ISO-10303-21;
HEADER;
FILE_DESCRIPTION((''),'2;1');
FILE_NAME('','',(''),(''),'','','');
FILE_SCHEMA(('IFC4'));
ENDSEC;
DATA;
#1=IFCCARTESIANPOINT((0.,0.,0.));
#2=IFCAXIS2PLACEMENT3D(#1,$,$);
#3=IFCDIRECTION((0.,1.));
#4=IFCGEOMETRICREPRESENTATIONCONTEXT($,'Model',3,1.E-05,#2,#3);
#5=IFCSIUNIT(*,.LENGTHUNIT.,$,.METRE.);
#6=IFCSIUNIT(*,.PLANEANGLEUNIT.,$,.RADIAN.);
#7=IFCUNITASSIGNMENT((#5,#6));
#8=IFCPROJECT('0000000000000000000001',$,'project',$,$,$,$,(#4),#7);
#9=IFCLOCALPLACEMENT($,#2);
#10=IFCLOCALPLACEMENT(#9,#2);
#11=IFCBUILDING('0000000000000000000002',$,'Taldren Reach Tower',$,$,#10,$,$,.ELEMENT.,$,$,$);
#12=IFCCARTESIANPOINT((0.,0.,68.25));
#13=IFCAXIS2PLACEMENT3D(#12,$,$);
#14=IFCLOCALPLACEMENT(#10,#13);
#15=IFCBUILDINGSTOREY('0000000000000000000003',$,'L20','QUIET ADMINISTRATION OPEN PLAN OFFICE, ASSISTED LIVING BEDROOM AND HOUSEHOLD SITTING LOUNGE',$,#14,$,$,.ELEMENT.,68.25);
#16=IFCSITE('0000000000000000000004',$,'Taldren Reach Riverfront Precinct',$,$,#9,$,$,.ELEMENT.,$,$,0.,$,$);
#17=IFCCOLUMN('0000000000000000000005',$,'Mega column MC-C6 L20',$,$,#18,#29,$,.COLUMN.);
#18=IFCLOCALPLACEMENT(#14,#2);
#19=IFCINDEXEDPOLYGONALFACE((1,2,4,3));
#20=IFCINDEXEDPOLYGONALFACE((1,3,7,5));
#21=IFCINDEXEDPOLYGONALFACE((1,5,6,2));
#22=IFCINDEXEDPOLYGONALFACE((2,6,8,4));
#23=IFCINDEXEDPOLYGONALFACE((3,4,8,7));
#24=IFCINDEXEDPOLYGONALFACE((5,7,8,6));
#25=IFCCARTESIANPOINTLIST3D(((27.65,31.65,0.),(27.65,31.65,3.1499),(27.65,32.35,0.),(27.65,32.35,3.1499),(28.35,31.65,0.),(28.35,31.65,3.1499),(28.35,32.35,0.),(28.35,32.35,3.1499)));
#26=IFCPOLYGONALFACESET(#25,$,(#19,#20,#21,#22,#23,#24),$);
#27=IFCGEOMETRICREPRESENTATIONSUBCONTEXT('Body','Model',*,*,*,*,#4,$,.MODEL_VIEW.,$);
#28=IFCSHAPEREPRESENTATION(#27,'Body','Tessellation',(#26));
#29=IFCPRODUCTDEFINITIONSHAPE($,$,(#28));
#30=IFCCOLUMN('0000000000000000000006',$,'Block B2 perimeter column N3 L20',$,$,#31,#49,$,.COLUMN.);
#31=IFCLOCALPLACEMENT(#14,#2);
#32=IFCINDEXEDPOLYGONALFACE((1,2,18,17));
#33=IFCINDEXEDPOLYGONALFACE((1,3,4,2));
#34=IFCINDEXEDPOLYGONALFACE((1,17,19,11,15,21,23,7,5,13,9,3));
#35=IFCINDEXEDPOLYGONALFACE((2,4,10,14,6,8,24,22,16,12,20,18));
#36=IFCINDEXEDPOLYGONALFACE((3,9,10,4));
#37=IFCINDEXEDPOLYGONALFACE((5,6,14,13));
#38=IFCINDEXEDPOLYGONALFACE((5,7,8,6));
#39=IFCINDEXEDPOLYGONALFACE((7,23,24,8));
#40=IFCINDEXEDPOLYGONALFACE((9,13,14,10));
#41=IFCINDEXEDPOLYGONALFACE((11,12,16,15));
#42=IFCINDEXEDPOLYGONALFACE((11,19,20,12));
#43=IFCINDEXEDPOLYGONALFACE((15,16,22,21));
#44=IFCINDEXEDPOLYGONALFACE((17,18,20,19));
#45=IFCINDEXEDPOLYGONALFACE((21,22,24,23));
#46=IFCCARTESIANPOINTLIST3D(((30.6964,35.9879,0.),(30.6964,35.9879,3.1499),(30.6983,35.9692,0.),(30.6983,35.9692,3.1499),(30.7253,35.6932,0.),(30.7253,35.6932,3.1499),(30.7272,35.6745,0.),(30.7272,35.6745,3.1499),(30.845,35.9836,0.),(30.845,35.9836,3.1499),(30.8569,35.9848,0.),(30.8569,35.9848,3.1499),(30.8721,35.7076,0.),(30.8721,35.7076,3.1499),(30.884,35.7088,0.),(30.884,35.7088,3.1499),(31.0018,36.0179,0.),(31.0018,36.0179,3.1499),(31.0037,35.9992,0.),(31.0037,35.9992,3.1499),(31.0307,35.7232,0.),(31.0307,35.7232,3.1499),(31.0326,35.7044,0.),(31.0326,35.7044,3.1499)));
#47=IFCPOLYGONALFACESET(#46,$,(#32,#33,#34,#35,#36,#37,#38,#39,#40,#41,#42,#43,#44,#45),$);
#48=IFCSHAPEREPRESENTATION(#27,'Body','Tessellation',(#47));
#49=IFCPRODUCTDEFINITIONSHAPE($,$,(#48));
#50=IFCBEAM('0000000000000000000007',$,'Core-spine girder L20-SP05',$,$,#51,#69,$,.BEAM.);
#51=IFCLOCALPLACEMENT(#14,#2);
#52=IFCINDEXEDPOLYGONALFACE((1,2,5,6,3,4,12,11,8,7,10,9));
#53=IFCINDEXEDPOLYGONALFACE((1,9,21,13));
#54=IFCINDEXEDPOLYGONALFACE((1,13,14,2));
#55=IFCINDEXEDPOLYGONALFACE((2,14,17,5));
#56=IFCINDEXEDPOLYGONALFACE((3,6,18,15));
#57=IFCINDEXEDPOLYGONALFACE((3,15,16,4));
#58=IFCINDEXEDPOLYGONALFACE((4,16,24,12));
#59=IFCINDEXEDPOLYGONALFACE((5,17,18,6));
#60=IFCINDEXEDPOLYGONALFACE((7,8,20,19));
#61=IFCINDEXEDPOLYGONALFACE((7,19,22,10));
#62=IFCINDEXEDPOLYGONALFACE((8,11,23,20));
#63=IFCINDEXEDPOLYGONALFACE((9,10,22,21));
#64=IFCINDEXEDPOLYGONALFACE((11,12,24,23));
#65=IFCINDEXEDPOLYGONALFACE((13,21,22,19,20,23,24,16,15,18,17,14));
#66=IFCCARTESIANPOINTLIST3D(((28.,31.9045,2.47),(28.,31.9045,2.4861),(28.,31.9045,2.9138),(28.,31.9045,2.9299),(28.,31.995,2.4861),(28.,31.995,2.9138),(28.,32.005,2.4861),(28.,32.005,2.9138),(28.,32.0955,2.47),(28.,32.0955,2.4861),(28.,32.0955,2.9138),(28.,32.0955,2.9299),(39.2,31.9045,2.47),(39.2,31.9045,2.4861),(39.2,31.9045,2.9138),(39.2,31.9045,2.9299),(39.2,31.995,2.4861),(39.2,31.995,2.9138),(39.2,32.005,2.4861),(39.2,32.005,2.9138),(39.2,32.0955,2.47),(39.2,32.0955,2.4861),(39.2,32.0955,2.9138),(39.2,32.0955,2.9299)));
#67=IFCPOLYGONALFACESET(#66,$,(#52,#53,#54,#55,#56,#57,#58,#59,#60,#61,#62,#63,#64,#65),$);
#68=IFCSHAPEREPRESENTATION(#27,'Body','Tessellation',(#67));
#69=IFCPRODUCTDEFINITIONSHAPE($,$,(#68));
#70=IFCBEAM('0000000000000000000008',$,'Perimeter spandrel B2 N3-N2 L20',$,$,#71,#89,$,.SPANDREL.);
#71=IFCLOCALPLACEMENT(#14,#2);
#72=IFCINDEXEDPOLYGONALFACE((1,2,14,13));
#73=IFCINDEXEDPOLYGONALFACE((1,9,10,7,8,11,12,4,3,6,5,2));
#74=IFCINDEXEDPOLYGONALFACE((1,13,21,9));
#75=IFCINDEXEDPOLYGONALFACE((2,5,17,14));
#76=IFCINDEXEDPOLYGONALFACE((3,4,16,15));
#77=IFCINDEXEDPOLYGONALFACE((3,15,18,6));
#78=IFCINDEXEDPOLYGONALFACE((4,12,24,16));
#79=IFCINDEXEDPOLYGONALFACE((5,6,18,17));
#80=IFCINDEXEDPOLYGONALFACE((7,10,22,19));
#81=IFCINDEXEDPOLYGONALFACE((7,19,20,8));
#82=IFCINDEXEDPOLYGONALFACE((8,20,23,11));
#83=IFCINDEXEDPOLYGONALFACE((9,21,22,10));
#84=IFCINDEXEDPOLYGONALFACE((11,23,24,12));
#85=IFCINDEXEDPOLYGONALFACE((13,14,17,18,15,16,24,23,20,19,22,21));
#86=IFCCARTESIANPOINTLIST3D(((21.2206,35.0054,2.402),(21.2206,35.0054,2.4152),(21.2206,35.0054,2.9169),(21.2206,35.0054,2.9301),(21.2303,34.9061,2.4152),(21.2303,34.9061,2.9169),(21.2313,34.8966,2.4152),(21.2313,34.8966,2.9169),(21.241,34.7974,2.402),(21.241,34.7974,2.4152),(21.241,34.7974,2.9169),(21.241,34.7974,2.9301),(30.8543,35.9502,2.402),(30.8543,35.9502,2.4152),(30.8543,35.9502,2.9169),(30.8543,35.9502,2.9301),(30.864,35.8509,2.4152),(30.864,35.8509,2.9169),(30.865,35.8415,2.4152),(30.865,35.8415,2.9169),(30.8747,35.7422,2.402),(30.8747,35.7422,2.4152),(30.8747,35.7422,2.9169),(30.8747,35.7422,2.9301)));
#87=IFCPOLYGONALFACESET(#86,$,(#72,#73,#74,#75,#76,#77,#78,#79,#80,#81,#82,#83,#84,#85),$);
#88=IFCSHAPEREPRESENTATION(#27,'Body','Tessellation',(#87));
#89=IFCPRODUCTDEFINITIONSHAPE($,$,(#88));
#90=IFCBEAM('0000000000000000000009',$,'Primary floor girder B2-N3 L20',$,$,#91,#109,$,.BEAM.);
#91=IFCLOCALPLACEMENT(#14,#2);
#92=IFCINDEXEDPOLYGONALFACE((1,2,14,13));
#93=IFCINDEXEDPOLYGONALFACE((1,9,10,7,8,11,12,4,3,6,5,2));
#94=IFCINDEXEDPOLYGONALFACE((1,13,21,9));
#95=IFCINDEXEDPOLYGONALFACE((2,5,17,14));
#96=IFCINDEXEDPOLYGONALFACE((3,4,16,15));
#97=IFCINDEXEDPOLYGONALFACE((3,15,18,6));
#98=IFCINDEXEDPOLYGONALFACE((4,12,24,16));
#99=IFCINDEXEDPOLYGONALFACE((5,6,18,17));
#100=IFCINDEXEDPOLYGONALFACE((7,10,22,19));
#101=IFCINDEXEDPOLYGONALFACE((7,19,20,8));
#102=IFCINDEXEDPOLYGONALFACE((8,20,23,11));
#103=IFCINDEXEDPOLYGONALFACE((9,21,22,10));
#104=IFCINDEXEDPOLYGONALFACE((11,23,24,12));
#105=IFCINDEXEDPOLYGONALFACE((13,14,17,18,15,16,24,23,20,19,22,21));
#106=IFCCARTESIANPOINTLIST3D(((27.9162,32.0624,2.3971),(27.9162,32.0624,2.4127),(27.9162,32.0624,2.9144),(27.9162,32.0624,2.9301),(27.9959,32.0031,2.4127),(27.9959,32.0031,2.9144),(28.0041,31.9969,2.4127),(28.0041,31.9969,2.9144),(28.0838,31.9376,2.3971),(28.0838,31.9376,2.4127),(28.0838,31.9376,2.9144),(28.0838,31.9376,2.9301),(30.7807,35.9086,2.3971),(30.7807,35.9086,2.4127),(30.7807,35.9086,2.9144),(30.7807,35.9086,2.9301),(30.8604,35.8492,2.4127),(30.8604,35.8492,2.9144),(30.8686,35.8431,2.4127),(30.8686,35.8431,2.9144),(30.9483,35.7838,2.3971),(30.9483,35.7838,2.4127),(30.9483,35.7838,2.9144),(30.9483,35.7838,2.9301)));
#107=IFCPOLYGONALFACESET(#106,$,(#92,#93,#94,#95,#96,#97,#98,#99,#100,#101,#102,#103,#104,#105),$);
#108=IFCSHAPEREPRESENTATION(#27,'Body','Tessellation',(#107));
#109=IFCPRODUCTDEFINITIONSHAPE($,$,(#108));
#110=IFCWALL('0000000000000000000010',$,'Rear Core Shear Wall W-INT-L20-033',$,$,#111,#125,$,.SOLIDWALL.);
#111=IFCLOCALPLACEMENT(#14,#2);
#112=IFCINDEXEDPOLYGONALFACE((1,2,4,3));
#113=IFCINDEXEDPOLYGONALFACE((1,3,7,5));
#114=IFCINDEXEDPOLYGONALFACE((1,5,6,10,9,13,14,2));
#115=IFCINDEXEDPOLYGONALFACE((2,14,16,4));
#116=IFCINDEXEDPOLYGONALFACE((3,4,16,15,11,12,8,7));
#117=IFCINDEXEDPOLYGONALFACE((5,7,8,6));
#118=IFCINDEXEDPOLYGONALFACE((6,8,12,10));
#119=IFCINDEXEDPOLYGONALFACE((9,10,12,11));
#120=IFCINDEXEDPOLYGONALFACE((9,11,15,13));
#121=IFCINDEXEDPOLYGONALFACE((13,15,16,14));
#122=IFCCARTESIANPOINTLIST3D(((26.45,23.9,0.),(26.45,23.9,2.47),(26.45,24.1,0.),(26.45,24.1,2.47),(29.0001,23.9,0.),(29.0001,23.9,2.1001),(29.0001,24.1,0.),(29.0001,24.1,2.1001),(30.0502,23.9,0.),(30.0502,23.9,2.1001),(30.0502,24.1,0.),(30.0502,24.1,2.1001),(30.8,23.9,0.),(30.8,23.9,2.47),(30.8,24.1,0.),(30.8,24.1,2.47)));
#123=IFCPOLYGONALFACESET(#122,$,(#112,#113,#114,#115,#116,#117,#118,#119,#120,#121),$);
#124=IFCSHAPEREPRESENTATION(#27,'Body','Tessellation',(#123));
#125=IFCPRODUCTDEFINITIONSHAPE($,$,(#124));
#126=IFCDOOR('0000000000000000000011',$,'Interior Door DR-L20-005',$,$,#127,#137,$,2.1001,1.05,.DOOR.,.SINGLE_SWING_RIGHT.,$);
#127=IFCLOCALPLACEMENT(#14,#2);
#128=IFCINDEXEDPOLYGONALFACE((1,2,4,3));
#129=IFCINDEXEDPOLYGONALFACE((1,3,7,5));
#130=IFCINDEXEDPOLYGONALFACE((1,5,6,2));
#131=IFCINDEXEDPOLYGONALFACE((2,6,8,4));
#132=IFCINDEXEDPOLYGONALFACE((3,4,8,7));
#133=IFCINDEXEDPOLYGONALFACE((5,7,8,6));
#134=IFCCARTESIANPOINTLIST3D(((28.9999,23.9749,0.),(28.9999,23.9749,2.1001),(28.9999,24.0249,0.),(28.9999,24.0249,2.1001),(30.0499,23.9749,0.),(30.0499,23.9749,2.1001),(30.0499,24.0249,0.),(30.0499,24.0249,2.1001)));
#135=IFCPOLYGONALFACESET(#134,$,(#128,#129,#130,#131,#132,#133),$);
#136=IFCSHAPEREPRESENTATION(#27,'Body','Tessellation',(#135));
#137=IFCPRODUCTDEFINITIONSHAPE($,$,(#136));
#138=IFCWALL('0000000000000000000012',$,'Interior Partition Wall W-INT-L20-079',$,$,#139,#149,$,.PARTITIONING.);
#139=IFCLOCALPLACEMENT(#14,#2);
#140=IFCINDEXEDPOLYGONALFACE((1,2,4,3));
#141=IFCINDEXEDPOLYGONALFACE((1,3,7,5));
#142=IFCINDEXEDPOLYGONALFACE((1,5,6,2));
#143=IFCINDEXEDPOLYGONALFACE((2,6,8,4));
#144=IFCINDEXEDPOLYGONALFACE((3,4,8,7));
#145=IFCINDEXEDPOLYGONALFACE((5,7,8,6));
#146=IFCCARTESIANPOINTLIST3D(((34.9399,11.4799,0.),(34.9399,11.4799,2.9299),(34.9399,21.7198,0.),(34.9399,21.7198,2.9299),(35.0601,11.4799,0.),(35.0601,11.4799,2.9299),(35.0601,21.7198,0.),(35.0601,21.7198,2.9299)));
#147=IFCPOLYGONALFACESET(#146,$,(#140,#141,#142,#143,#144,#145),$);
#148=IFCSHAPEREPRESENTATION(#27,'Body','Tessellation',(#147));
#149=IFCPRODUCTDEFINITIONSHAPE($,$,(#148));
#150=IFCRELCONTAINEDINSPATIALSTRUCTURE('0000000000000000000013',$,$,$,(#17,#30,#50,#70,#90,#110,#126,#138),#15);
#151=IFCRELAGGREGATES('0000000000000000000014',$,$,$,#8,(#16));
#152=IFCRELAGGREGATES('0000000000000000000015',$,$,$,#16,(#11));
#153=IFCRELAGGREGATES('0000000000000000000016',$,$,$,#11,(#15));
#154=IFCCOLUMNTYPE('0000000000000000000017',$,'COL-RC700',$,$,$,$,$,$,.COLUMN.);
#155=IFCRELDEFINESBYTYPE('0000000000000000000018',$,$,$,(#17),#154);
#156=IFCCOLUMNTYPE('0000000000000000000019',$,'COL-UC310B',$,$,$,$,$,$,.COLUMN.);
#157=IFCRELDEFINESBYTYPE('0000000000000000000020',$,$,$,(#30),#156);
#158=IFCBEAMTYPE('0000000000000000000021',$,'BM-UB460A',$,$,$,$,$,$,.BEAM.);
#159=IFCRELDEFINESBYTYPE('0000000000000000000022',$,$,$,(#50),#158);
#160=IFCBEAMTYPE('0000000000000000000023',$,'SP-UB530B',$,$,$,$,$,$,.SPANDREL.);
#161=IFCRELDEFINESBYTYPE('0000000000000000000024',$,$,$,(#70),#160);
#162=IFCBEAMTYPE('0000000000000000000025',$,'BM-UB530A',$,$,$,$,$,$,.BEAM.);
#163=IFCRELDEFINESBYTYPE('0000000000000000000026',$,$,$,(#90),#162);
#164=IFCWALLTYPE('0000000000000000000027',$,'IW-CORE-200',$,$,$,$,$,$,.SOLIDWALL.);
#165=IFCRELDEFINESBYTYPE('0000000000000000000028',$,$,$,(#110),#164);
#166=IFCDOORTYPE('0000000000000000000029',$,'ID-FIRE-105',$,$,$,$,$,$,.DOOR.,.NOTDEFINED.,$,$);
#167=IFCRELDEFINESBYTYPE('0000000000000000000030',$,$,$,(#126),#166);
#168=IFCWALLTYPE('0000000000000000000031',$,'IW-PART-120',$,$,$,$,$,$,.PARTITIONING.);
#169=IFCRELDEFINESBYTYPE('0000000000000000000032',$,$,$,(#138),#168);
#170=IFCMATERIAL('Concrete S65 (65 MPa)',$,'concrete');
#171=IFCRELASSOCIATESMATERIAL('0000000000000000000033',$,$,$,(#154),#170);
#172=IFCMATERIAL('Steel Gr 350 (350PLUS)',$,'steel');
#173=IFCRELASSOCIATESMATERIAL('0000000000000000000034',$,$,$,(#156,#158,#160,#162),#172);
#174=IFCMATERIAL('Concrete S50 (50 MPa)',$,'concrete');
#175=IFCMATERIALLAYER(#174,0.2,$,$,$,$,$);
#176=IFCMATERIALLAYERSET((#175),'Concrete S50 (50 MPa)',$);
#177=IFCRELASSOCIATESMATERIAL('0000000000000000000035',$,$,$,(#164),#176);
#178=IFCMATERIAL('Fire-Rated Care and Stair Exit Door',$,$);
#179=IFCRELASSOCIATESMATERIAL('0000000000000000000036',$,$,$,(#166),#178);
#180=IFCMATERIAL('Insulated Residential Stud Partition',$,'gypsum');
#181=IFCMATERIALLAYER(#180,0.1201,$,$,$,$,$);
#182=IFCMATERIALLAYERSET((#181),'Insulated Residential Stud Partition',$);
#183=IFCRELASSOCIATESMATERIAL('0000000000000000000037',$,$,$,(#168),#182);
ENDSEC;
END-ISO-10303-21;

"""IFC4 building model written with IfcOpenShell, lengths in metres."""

from ifc_helpers import new_model, si_unit, direction, frame, frame_2d, origin, origin_2d, place, context, subcontext, project, spatial, rectangle, i_section, extrude, source, transform, mapped, material, layer, layer_set, material_profile, profile_set, type_object, element, fill, save


model = new_model("IFC4")

# Units and contexts
model_context = context("Model", 3, precision=1e-05, world=origin(), true_north=direction((0.0, 1.0)))
body_context = subcontext(model_context, "Body", "Model", "MODEL_VIEW")
ifc_project = project(units=[si_unit("LENGTHUNIT", "METRE"), si_unit("PLANEANGLEUNIT", "RADIAN")], contexts=[model_context])

# Site, building, storey
site_placement = place(None, origin())
site = spatial("IfcSite", under=ifc_project, at=site_placement, Name="Taldren Reach Riverfront Precinct", CompositionType="ELEMENT", RefElevation=0.0)
building_placement = place(site_placement, origin())
building = spatial("IfcBuilding", under=site, at=building_placement, Name="Taldren Reach Tower", CompositionType="ELEMENT")
storey_placement = place(building_placement, frame((0.0, 0.0, 68.25)))
storey = spatial("IfcBuildingStorey", under=building, at=storey_placement, Name="L20", Description="QUIET ADMINISTRATION OPEN PLAN OFFICE, ASSISTED LIVING BEDROOM AND HOUSEHOLD SITTING LOUNGE", CompositionType="ELEMENT", Elevation=68.25)

# Columns
ifc_material_1 = material(Name="Concrete S65 (65 MPa)", Category="concrete")
ifc_material_profile_1 = material_profile(ifc_material_1, rectangle(XDim=0.7, YDim=0.7, at=origin_2d()), Name="RC-700x700")
ifc_profile_set_1 = profile_set([ifc_material_profile_1], Name="Concrete S65 (65 MPa)")
column_type_1 = type_object("IfcColumnType", Name="COL-RC700", PredefinedType="COLUMN", material=ifc_profile_set_1)
shared_shape_1 = source(origin(), body_context, "Body", "SweptSolid", [
    extrude(rectangle(XDim=0.7, YDim=0.7, at=origin_2d()), origin(), (0.0, 0.0, 1.0), 3.1499),
])
column_1_placement = place(storey_placement, frame((28.0, 32.0, 0.0), z_axis=(0.0, 0.0, 1.0), x_axis=(1.0, 0.0, 0.0)))
element("IfcColumn", 1, at=column_1_placement, inside=storey, type_object=column_type_1, Name="Mega column MC-C6 L20", PredefinedType="COLUMN", context=body_context, shape_type="MappedRepresentation", body=[
    mapped(shared_shape_1, transform((0.0, 0.0, 0.0), scale=1.0)),
])
ifc_material_2 = material(Name="Steel Gr 350 (350PLUS)", Category="steel")
ifc_material_profile_2 = material_profile(ifc_material_2, i_section(OverallWidth=0.3069, OverallDepth=0.3149, WebThickness=0.012, FlangeThickness=0.0188, at=origin_2d()), Name="310UC118")
ifc_profile_set_2 = profile_set([ifc_material_profile_2], Name="Steel Gr 350 (350PLUS)")
column_type_2 = type_object("IfcColumnType", Name="COL-UC310B", PredefinedType="COLUMN", material=ifc_profile_set_2)
shared_shape_2 = source(origin(), body_context, "Body", "SweptSolid", [
    extrude(i_section(OverallWidth=0.3069, OverallDepth=0.3149, WebThickness=0.012, FlangeThickness=0.0188, at=origin_2d()), origin(), (0.0, 0.0, 1.0), 3.1499),
])
column_2_placement = place(storey_placement, frame((30.8645, 35.8462, 0.0), z_axis=(0.0, 0.0, 1.0), x_axis=(0.995227, 0.097583, 0.0)))
element("IfcColumn", 2, at=column_2_placement, inside=storey, type_object=column_type_2, Name="Block B2 perimeter column N3 L20", PredefinedType="COLUMN", context=body_context, shape_type="MappedRepresentation", body=[
    mapped(shared_shape_2, transform((0.0, 0.0, 0.0), scale=1.0)),
])

# Beams
ifc_material_profile_3 = material_profile(ifc_material_2, i_section(OverallWidth=0.1909, OverallDepth=0.46, WebThickness=0.01, FlangeThickness=0.0161, at=origin_2d()), Name="460UB82.1")
ifc_profile_set_3 = profile_set([ifc_material_profile_3], Name="Steel Gr 350 (350PLUS)")
beam_type_1 = type_object("IfcBeamType", Name="BM-UB460A", PredefinedType="BEAM", material=ifc_profile_set_3)
shared_shape_3 = source(origin(), body_context, "Body", "SweptSolid", [
    extrude(i_section(OverallWidth=0.1909, OverallDepth=0.46, WebThickness=0.01, FlangeThickness=0.0161, at=origin_2d()), origin(), (0.0, 0.0, 1.0), 11.2),
])
beam_1_placement = place(storey_placement, frame((28.0, 32.0, 2.7), z_axis=(1.0, 0.0, 0.0), x_axis=(0.0, 1.0, 0.0)))
element("IfcBeam", 3, at=beam_1_placement, inside=storey, type_object=beam_type_1, Name="Core-spine girder L20-SP05", PredefinedType="BEAM", context=body_context, shape_type="MappedRepresentation", body=[
    mapped(shared_shape_3, transform((0.0, 0.0, 0.0), scale=1.0)),
])
ifc_material_profile_4 = material_profile(ifc_material_2, i_section(OverallWidth=0.209, OverallDepth=0.5281, WebThickness=0.0095, FlangeThickness=0.0132, at=origin_2d()), Name="530UB82.0")
ifc_profile_set_4 = profile_set([ifc_material_profile_4], Name="Steel Gr 350 (350PLUS)")
beam_type_2 = type_object("IfcBeamType", Name="SP-UB530B", PredefinedType="SPANDREL", material=ifc_profile_set_4)
shared_shape_4 = source(origin(), body_context, "Body", "SweptSolid", [
    extrude(i_section(OverallWidth=0.209, OverallDepth=0.5281, WebThickness=0.0095, FlangeThickness=0.0132, at=origin_2d()), origin(), (0.0, 0.0, 1.0), 9.6799),
])
beam_2_placement = place(storey_placement, frame((30.8645, 35.8462, 2.666), z_axis=(-0.995225, -0.097606, 0.0), x_axis=(0.097606, -0.995225, 0.0)))
element("IfcBeam", 4, at=beam_2_placement, inside=storey, type_object=beam_type_2, Name="Perimeter spandrel B2 N3-N2 L20", PredefinedType="SPANDREL", context=body_context, shape_type="MappedRepresentation", body=[
    mapped(shared_shape_4, transform((0.0, 0.0, 0.0), scale=1.0)),
])
ifc_material_profile_5 = material_profile(ifc_material_2, i_section(OverallWidth=0.209, OverallDepth=0.533, WebThickness=0.0103, FlangeThickness=0.0156, at=origin_2d()), Name="530UB92.4")
ifc_profile_set_5 = profile_set([ifc_material_profile_5], Name="Steel Gr 350 (350PLUS)")
beam_type_3 = type_object("IfcBeamType", Name="BM-UB530A", PredefinedType="BEAM", material=ifc_profile_set_5)
shared_shape_5 = source(origin(), body_context, "Body", "SweptSolid", [
    extrude(i_section(OverallWidth=0.209, OverallDepth=0.533, WebThickness=0.0103, FlangeThickness=0.0156, at=origin_2d()), origin(), (0.0, 0.0, 1.0), 4.7957),
])
beam_3_placement = place(storey_placement, frame((28.0, 32.0, 2.6636), z_axis=(0.597309, 0.802011, 0.0), x_axis=(-0.802011, 0.597309, 0.0)))
element("IfcBeam", 5, at=beam_3_placement, inside=storey, type_object=beam_type_3, Name="Primary floor girder B2-N3 L20", PredefinedType="BEAM", context=body_context, shape_type="MappedRepresentation", body=[
    mapped(shared_shape_5, transform((0.0, 0.0, 0.0), scale=1.0)),
])

# Wall, opening, door
ifc_material_3 = material(Name="Concrete S50 (50 MPa)", Category="concrete")
ifc_layer_1 = layer(ifc_material_3, 0.2)
ifc_layer_set_1 = layer_set([ifc_layer_1], Name="Concrete S50 (50 MPa)")
wall_type_1 = type_object("IfcWallType", Name="IW-CORE-200", PredefinedType="SOLIDWALL", material=ifc_layer_set_1)
shared_shape_6 = source(origin(), body_context, "Body", "SweptSolid", [
    extrude(rectangle(XDim=4.3501, YDim=0.2, at=frame_2d((2.175, 0.0))), origin(), (0.0, 0.0, 1.0), 2.47),
])
wall_1_placement = place(storey_placement, frame((30.8, 24.0, 0.0), z_axis=(0.0, 0.0, 1.0), x_axis=(-1.0, 0.0, 0.0)))
wall_1 = element("IfcWall", 6, at=wall_1_placement, inside=storey, type_object=wall_type_1, Name="Rear Core Shear Wall W-INT-L20-033", PredefinedType="SOLIDWALL", context=body_context, shape_type="MappedRepresentation", body=[
    mapped(shared_shape_6, transform((0.0, 0.0, 0.0), scale=1.0)),
])
shared_shape_7 = source(origin(), body_context, "Body", "SweptSolid", [
    extrude(rectangle(XDim=1.05, YDim=2.1001, at=frame_2d((0.5249, 1.05))), frame((0.0, 0.1099, 0.0), z_axis=(0.0, -1.0, 0.0), x_axis=(1.0, 0.0, 0.0)), (0.0, 0.0, 1.0), 0.22),
])
opening_1_placement = place(wall_1_placement, frame((0.75, 0.0, 0.0)))
opening_1 = element("IfcOpeningElement", 7, at=opening_1_placement, cuts=wall_1, PredefinedType="OPENING", context=body_context, shape_type="MappedRepresentation", body=[
    mapped(shared_shape_7, transform((0.0, 0.0, 0.0), scale=1.0)),
])
ifc_material_4 = material(Name="Fire-Rated Care and Stair Exit Door")
door_type_1 = type_object("IfcDoorType", Name="ID-FIRE-105", OperationType="NOTDEFINED", PredefinedType="DOOR", material=ifc_material_4)
shared_shape_8 = source(origin(), body_context, "Body", "SweptSolid", [
    extrude(rectangle(XDim=1.05, YDim=2.1001, at=frame_2d((0.5249, 1.05))), frame((0.0, 0.0249, 0.0), z_axis=(0.0, -1.0, 0.0), x_axis=(1.0, 0.0, 0.0)), (0.0, 0.0, 1.0), 0.05),
])
door_1_placement = place(opening_1_placement, frame((1.05, 0.0, 0.0), z_axis=(0.0, 0.0, 1.0), x_axis=(-1.0, 0.0, 0.0)))
door_1 = element("IfcDoor", 8, at=door_1_placement, inside=storey, type_object=door_type_1, Name="Interior Door DR-L20-005", OperationType="SINGLE_SWING_RIGHT", OverallHeight=2.1001, OverallWidth=1.05, PredefinedType="DOOR", context=body_context, shape_type="MappedRepresentation", body=[
    mapped(shared_shape_8, transform((0.0, 0.0, 0.0), scale=1.0)),
])
fill(opening_1, door_1)

# Wall
ifc_material_5 = material(Name="Insulated Residential Stud Partition", Category="gypsum")
ifc_layer_2 = layer(ifc_material_5, 0.1201)
ifc_layer_set_2 = layer_set([ifc_layer_2], Name="Insulated Residential Stud Partition")
wall_type_2 = type_object("IfcWallType", Name="IW-PART-120", PredefinedType="PARTITIONING", material=ifc_layer_set_2)
shared_shape_9 = source(origin(), body_context, "Body", "SweptSolid", [
    extrude(rectangle(XDim=10.24, YDim=0.1201, at=frame_2d((5.1201, 0.0))), origin(), (0.0, 0.0, 1.0), 2.9299),
])
wall_2_placement = place(storey_placement, frame((35.0, 21.72, 0.0), z_axis=(0.0, 0.0, 1.0), x_axis=(0.0, -1.0, 0.0)))
element("IfcWall", 9, at=wall_2_placement, inside=storey, type_object=wall_type_2, Name="Interior Partition Wall W-INT-L20-079", PredefinedType="PARTITIONING", context=body_context, shape_type="MappedRepresentation", body=[
    mapped(shared_shape_9, transform((0.0, 0.0, 0.0), scale=1.0)),
])

save(model, "model.ifc")
